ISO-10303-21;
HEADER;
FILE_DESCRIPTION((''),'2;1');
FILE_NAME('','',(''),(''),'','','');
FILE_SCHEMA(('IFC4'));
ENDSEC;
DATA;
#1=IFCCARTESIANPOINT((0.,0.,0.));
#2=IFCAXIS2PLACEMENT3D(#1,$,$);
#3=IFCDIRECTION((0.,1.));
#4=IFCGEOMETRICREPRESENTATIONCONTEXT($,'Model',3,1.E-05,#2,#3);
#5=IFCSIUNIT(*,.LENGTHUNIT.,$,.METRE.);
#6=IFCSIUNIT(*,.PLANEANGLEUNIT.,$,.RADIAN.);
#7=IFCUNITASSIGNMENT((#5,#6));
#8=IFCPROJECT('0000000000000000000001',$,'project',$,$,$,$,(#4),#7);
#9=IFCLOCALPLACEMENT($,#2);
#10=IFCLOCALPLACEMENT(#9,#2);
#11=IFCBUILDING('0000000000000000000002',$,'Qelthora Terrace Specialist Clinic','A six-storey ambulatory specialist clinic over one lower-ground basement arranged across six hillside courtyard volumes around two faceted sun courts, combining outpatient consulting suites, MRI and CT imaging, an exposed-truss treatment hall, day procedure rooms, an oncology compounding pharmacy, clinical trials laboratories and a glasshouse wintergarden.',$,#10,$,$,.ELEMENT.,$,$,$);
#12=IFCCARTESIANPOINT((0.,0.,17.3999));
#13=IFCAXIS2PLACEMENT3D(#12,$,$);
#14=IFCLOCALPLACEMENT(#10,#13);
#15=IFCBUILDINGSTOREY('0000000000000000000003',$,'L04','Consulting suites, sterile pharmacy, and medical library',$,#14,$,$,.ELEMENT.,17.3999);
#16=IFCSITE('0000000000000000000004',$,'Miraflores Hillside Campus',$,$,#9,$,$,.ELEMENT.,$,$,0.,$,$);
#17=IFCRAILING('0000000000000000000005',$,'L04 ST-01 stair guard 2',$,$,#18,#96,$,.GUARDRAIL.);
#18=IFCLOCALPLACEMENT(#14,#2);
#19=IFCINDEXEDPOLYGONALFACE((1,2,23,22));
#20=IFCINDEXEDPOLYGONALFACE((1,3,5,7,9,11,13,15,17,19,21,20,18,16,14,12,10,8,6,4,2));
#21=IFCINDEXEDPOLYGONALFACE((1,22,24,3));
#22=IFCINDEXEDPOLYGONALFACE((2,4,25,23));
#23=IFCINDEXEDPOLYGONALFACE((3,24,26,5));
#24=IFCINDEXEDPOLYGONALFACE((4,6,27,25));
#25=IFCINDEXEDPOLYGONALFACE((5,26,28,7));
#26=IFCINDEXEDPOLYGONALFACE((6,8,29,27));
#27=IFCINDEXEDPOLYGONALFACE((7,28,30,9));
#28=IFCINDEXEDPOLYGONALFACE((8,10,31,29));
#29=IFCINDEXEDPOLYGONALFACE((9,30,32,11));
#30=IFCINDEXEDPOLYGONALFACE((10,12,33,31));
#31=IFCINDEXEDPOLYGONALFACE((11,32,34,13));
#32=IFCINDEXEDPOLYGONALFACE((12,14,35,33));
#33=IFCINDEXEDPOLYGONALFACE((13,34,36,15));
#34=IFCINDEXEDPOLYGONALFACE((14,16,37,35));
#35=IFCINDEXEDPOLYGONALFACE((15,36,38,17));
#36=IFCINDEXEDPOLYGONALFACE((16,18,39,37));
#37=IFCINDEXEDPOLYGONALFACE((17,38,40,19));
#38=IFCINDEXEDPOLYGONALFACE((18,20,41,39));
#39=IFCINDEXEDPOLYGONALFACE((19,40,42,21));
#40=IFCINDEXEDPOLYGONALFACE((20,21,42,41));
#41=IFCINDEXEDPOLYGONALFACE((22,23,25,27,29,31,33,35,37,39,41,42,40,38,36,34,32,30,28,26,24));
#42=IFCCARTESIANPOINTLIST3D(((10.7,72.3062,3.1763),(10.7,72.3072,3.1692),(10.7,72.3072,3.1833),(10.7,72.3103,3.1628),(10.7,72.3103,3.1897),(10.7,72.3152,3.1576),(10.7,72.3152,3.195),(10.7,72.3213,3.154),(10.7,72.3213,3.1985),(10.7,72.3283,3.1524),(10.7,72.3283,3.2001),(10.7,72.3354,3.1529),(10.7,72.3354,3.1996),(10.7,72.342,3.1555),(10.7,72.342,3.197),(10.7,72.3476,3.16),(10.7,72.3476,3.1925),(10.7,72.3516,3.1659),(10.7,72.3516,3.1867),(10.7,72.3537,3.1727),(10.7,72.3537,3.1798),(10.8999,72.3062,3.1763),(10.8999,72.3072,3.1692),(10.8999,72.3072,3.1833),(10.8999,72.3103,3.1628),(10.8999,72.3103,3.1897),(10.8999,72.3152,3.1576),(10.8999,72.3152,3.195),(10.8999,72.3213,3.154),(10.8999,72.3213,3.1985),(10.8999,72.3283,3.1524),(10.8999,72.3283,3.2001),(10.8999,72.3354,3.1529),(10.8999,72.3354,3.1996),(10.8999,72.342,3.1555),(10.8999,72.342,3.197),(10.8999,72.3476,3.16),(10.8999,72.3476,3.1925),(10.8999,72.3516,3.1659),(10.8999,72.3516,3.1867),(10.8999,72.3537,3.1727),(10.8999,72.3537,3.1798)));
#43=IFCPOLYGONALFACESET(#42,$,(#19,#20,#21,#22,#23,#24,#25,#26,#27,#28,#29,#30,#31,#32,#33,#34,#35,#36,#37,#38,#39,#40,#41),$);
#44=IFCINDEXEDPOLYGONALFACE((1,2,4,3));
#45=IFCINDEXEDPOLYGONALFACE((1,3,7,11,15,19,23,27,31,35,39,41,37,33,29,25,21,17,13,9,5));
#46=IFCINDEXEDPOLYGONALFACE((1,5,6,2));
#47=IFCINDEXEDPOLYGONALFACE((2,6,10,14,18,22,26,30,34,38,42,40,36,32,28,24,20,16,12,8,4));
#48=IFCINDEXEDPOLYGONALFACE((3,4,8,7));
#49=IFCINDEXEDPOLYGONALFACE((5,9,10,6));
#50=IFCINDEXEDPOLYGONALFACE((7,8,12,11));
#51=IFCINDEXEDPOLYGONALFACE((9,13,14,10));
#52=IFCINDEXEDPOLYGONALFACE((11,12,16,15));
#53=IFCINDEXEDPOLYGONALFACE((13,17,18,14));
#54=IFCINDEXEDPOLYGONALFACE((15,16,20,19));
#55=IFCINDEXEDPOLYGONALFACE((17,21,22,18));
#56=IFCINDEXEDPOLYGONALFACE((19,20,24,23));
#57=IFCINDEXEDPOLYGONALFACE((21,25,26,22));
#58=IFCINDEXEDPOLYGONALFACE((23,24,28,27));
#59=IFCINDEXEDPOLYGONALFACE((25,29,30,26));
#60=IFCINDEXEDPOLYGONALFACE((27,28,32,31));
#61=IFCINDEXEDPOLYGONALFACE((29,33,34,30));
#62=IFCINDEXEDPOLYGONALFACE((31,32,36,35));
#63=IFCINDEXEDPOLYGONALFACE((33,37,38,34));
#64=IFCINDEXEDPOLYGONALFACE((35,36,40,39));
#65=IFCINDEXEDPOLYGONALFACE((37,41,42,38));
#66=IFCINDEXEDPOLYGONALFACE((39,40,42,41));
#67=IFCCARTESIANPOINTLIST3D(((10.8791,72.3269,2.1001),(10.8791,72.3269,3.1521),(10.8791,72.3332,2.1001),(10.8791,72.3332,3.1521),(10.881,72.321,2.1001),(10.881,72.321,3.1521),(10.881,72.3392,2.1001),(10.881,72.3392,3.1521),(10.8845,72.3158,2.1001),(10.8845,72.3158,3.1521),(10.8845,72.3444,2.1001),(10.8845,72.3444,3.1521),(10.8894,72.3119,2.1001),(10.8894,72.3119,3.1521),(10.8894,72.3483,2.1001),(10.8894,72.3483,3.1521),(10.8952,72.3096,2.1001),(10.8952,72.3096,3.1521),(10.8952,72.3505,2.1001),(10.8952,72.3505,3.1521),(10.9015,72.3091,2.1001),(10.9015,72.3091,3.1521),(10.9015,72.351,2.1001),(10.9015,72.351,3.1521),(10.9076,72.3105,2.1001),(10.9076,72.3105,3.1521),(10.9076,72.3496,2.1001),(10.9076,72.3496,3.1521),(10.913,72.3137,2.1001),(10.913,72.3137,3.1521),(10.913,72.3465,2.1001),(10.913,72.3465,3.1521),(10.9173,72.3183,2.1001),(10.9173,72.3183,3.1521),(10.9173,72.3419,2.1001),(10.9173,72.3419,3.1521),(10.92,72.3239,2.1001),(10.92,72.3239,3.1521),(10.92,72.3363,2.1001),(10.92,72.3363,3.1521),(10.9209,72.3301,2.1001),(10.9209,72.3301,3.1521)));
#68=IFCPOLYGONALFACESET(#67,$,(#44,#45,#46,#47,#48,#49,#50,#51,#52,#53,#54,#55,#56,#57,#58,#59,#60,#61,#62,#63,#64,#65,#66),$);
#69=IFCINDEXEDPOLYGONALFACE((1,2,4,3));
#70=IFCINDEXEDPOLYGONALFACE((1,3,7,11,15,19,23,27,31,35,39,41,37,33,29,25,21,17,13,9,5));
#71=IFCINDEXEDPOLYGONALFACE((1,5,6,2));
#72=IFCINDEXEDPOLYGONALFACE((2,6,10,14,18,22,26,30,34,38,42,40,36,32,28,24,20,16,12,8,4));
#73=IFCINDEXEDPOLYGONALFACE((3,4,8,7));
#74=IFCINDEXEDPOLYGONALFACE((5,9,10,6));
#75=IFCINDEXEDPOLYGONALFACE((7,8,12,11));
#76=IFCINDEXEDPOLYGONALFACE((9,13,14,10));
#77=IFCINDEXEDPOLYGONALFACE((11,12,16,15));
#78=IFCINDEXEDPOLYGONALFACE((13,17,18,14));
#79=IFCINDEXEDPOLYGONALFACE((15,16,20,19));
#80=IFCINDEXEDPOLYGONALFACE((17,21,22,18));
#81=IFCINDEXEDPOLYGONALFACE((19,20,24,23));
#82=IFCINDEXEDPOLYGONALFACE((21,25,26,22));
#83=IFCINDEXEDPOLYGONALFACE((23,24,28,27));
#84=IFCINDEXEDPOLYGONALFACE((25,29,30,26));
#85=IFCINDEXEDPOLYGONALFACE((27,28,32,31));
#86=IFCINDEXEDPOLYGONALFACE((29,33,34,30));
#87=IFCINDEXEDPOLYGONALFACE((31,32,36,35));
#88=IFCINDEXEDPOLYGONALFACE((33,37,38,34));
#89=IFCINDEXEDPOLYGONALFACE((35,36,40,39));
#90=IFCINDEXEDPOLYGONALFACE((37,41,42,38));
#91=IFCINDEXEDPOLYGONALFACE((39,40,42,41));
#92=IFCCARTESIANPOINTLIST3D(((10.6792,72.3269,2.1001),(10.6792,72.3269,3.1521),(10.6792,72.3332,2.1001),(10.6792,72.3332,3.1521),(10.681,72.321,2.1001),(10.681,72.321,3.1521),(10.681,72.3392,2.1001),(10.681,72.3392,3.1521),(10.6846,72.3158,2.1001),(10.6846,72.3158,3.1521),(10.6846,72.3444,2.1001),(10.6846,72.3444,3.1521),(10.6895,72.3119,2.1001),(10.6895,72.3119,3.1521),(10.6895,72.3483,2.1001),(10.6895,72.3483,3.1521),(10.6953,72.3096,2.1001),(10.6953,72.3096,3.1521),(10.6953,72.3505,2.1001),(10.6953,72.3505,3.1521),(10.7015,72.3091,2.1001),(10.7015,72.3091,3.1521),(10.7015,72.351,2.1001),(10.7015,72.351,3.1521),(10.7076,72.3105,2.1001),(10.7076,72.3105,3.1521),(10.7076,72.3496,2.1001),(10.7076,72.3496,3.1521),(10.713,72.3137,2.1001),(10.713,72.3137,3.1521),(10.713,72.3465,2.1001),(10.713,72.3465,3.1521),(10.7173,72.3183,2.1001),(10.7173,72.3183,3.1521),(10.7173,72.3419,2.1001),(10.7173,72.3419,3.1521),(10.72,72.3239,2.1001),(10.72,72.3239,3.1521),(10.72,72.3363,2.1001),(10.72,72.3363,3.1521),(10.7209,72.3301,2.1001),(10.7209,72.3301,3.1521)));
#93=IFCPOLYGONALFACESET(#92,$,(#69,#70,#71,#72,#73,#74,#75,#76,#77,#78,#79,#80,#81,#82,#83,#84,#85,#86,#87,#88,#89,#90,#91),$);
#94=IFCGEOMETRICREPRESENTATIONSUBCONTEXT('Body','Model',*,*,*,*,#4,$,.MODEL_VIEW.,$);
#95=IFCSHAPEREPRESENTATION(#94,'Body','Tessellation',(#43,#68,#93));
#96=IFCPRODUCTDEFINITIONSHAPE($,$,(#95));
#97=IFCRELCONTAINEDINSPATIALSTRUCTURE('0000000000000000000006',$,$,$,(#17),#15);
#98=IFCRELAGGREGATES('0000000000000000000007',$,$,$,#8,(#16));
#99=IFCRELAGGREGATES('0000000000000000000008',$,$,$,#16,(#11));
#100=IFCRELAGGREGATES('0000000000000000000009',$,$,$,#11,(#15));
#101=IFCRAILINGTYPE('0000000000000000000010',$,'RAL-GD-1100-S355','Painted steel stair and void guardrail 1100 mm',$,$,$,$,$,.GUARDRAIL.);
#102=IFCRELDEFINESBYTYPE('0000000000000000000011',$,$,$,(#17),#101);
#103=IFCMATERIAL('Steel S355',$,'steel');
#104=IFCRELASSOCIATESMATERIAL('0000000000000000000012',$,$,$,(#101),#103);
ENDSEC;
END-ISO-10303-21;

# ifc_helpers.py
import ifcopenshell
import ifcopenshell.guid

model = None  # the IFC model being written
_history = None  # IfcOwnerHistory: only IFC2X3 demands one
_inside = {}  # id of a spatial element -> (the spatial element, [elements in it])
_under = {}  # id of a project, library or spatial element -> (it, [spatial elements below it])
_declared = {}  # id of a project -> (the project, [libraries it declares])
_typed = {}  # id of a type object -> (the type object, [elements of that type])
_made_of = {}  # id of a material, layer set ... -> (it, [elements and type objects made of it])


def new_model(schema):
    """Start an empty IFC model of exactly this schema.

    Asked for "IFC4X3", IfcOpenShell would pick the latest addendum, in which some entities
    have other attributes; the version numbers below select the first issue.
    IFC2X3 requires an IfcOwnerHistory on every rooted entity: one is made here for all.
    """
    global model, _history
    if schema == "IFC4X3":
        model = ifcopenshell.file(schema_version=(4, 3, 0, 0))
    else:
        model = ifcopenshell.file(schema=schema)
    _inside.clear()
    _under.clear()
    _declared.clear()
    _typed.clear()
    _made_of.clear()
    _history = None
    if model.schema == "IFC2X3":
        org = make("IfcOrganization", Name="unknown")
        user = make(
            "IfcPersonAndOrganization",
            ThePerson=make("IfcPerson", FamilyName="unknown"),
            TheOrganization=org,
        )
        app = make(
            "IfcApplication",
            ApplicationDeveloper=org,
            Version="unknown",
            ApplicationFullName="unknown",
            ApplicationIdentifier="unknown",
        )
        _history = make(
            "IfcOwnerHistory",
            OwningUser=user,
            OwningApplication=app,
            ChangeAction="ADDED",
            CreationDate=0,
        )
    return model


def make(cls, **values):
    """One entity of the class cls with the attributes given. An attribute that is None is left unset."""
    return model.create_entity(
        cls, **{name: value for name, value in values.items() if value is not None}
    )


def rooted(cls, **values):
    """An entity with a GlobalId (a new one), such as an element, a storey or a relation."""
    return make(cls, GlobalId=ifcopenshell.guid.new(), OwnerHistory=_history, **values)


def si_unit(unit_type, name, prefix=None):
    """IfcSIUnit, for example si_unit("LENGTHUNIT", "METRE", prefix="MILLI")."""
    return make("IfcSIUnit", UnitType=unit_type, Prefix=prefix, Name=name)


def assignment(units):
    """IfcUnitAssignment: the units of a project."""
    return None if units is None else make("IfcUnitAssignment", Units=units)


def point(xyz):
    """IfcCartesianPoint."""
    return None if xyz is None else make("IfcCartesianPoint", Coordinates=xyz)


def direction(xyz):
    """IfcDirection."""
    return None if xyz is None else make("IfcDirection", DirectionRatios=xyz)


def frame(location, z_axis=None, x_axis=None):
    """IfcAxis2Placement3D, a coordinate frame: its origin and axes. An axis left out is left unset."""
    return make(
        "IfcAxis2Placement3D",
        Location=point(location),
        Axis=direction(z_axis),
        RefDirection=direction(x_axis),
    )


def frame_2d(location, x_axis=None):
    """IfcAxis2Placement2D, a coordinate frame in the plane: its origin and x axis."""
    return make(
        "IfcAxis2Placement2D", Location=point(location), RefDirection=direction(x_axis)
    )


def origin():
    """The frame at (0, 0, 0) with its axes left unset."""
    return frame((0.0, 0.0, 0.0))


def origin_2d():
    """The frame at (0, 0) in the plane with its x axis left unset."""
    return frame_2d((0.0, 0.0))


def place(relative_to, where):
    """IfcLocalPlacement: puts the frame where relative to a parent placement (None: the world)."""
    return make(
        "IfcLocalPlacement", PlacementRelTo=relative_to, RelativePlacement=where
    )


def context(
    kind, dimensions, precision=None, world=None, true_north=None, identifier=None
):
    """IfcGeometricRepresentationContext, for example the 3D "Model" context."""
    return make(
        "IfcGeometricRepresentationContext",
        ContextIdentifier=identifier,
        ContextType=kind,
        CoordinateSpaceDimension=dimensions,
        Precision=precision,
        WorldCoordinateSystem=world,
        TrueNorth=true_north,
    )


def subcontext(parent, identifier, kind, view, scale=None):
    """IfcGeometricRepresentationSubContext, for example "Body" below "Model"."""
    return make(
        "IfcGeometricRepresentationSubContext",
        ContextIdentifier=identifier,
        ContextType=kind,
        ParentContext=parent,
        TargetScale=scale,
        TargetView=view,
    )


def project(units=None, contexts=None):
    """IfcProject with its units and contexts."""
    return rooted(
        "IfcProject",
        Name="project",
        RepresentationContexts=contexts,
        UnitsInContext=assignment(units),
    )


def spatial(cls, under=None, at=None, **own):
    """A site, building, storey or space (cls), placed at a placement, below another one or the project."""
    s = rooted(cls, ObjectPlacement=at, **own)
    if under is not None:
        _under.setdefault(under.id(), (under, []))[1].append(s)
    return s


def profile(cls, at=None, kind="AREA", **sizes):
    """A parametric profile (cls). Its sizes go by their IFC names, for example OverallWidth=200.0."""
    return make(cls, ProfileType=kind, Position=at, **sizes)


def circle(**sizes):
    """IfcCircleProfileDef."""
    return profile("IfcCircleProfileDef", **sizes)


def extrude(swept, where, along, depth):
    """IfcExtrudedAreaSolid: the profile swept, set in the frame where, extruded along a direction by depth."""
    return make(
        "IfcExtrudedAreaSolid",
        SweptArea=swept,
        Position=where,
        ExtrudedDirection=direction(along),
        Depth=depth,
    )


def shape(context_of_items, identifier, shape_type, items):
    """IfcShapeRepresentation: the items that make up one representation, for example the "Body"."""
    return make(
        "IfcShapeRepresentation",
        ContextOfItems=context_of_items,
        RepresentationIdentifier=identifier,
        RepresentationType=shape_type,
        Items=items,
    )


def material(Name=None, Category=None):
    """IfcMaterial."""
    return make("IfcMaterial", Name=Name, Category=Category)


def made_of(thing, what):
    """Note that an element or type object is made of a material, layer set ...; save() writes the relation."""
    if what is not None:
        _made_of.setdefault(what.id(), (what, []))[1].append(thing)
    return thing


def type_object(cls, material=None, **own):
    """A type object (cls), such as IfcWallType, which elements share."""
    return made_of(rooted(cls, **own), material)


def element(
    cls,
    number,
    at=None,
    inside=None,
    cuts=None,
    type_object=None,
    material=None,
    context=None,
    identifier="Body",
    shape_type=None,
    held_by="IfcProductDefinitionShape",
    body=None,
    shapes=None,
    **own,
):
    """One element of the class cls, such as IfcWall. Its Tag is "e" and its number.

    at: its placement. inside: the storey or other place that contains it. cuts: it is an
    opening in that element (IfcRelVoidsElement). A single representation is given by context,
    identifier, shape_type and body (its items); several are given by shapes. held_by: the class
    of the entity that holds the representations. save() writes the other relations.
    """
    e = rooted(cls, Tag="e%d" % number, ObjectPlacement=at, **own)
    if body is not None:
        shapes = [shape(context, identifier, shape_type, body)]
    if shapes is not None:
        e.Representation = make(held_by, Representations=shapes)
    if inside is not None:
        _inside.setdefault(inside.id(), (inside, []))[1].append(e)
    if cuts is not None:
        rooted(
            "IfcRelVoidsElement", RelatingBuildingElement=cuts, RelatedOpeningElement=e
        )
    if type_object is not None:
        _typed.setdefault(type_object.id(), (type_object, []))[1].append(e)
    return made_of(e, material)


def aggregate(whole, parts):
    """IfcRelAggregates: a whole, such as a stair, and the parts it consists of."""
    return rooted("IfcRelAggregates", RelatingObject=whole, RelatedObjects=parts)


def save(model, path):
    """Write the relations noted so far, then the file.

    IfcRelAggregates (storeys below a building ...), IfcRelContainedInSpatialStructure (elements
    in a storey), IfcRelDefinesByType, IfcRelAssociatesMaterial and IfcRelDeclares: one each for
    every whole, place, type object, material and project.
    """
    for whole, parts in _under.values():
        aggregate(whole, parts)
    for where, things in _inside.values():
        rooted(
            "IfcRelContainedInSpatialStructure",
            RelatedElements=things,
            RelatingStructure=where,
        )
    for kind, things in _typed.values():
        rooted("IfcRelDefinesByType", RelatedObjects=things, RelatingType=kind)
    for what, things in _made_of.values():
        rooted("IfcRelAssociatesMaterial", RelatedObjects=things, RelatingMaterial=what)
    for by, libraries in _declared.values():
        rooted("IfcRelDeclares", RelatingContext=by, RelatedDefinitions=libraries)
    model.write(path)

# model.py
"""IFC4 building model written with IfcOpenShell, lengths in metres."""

from ifc_helpers import new_model, si_unit, direction, frame, origin, origin_2d, place, context, subcontext, project, spatial, circle, extrude, material, type_object, element, save


model = new_model("IFC4")

# Units and contexts
model_context = context("Model", 3, precision=1e-05, world=origin(), true_north=direction((0.0, 1.0)))
body_context = subcontext(model_context, "Body", "Model", "MODEL_VIEW")
ifc_project = project(units=[si_unit("LENGTHUNIT", "METRE"), si_unit("PLANEANGLEUNIT", "RADIAN")], contexts=[model_context])

# Site, building, storey
site_placement = place(None, origin())
site = spatial("IfcSite", under=ifc_project, at=site_placement, Name="Miraflores Hillside Campus", CompositionType="ELEMENT", RefElevation=0.0)
building_placement = place(site_placement, origin())
building = spatial("IfcBuilding", under=site, at=building_placement, Name="Qelthora Terrace Specialist Clinic", Description="A six-storey ambulatory specialist clinic over one lower-ground basement arranged across six hillside courtyard volumes around two faceted sun courts, combining outpatient consulting suites, MRI and CT imaging, an exposed-truss treatment hall, day procedure rooms, an oncology compounding pharmacy, clinical trials laboratories and a glasshouse wintergarden.", CompositionType="ELEMENT")
storey_placement = place(building_placement, frame((0.0, 0.0, 17.3999)))
storey = spatial("IfcBuildingStorey", under=building, at=storey_placement, Name="L04", Description="Consulting suites, sterile pharmacy, and medical library", CompositionType="ELEMENT", Elevation=17.3999)

# Shared definitions
ifc_material_1 = material(Name="Steel S355", Category="steel")

# Railing
railing_type_1 = type_object("IfcRailingType", Name="RAL-GD-1100-S355", Description="Painted steel stair and void guardrail 1100 mm", PredefinedType="GUARDRAIL", material=ifc_material_1)
railing_1_placement = place(storey_placement, frame((10.8999, 72.3301, 2.1001)))
element("IfcRailing", 1, at=railing_1_placement, inside=storey, type_object=railing_type_1, Name="L04 ST-01 stair guard 2", PredefinedType="GUARDRAIL", context=body_context, shape_type="SweptSolid", body=[
    extrude(circle(Radius=0.0239, at=origin_2d()), frame((0.0, 0.0, 1.0762), z_axis=(-1.0, 0.0, 0.0), x_axis=(0.0, -1.0, 0.0)), (0.0, 0.0, 1.0), 0.2),
    extrude(circle(Radius=0.021, at=origin_2d()), origin(), (0.0, 0.0, 1.0), 1.052),
    extrude(circle(Radius=0.021, at=origin_2d()), frame((-0.2, 0.0, 0.0)), (0.0, 0.0, 1.0), 1.052),
])

save(model, "model.ifc")
